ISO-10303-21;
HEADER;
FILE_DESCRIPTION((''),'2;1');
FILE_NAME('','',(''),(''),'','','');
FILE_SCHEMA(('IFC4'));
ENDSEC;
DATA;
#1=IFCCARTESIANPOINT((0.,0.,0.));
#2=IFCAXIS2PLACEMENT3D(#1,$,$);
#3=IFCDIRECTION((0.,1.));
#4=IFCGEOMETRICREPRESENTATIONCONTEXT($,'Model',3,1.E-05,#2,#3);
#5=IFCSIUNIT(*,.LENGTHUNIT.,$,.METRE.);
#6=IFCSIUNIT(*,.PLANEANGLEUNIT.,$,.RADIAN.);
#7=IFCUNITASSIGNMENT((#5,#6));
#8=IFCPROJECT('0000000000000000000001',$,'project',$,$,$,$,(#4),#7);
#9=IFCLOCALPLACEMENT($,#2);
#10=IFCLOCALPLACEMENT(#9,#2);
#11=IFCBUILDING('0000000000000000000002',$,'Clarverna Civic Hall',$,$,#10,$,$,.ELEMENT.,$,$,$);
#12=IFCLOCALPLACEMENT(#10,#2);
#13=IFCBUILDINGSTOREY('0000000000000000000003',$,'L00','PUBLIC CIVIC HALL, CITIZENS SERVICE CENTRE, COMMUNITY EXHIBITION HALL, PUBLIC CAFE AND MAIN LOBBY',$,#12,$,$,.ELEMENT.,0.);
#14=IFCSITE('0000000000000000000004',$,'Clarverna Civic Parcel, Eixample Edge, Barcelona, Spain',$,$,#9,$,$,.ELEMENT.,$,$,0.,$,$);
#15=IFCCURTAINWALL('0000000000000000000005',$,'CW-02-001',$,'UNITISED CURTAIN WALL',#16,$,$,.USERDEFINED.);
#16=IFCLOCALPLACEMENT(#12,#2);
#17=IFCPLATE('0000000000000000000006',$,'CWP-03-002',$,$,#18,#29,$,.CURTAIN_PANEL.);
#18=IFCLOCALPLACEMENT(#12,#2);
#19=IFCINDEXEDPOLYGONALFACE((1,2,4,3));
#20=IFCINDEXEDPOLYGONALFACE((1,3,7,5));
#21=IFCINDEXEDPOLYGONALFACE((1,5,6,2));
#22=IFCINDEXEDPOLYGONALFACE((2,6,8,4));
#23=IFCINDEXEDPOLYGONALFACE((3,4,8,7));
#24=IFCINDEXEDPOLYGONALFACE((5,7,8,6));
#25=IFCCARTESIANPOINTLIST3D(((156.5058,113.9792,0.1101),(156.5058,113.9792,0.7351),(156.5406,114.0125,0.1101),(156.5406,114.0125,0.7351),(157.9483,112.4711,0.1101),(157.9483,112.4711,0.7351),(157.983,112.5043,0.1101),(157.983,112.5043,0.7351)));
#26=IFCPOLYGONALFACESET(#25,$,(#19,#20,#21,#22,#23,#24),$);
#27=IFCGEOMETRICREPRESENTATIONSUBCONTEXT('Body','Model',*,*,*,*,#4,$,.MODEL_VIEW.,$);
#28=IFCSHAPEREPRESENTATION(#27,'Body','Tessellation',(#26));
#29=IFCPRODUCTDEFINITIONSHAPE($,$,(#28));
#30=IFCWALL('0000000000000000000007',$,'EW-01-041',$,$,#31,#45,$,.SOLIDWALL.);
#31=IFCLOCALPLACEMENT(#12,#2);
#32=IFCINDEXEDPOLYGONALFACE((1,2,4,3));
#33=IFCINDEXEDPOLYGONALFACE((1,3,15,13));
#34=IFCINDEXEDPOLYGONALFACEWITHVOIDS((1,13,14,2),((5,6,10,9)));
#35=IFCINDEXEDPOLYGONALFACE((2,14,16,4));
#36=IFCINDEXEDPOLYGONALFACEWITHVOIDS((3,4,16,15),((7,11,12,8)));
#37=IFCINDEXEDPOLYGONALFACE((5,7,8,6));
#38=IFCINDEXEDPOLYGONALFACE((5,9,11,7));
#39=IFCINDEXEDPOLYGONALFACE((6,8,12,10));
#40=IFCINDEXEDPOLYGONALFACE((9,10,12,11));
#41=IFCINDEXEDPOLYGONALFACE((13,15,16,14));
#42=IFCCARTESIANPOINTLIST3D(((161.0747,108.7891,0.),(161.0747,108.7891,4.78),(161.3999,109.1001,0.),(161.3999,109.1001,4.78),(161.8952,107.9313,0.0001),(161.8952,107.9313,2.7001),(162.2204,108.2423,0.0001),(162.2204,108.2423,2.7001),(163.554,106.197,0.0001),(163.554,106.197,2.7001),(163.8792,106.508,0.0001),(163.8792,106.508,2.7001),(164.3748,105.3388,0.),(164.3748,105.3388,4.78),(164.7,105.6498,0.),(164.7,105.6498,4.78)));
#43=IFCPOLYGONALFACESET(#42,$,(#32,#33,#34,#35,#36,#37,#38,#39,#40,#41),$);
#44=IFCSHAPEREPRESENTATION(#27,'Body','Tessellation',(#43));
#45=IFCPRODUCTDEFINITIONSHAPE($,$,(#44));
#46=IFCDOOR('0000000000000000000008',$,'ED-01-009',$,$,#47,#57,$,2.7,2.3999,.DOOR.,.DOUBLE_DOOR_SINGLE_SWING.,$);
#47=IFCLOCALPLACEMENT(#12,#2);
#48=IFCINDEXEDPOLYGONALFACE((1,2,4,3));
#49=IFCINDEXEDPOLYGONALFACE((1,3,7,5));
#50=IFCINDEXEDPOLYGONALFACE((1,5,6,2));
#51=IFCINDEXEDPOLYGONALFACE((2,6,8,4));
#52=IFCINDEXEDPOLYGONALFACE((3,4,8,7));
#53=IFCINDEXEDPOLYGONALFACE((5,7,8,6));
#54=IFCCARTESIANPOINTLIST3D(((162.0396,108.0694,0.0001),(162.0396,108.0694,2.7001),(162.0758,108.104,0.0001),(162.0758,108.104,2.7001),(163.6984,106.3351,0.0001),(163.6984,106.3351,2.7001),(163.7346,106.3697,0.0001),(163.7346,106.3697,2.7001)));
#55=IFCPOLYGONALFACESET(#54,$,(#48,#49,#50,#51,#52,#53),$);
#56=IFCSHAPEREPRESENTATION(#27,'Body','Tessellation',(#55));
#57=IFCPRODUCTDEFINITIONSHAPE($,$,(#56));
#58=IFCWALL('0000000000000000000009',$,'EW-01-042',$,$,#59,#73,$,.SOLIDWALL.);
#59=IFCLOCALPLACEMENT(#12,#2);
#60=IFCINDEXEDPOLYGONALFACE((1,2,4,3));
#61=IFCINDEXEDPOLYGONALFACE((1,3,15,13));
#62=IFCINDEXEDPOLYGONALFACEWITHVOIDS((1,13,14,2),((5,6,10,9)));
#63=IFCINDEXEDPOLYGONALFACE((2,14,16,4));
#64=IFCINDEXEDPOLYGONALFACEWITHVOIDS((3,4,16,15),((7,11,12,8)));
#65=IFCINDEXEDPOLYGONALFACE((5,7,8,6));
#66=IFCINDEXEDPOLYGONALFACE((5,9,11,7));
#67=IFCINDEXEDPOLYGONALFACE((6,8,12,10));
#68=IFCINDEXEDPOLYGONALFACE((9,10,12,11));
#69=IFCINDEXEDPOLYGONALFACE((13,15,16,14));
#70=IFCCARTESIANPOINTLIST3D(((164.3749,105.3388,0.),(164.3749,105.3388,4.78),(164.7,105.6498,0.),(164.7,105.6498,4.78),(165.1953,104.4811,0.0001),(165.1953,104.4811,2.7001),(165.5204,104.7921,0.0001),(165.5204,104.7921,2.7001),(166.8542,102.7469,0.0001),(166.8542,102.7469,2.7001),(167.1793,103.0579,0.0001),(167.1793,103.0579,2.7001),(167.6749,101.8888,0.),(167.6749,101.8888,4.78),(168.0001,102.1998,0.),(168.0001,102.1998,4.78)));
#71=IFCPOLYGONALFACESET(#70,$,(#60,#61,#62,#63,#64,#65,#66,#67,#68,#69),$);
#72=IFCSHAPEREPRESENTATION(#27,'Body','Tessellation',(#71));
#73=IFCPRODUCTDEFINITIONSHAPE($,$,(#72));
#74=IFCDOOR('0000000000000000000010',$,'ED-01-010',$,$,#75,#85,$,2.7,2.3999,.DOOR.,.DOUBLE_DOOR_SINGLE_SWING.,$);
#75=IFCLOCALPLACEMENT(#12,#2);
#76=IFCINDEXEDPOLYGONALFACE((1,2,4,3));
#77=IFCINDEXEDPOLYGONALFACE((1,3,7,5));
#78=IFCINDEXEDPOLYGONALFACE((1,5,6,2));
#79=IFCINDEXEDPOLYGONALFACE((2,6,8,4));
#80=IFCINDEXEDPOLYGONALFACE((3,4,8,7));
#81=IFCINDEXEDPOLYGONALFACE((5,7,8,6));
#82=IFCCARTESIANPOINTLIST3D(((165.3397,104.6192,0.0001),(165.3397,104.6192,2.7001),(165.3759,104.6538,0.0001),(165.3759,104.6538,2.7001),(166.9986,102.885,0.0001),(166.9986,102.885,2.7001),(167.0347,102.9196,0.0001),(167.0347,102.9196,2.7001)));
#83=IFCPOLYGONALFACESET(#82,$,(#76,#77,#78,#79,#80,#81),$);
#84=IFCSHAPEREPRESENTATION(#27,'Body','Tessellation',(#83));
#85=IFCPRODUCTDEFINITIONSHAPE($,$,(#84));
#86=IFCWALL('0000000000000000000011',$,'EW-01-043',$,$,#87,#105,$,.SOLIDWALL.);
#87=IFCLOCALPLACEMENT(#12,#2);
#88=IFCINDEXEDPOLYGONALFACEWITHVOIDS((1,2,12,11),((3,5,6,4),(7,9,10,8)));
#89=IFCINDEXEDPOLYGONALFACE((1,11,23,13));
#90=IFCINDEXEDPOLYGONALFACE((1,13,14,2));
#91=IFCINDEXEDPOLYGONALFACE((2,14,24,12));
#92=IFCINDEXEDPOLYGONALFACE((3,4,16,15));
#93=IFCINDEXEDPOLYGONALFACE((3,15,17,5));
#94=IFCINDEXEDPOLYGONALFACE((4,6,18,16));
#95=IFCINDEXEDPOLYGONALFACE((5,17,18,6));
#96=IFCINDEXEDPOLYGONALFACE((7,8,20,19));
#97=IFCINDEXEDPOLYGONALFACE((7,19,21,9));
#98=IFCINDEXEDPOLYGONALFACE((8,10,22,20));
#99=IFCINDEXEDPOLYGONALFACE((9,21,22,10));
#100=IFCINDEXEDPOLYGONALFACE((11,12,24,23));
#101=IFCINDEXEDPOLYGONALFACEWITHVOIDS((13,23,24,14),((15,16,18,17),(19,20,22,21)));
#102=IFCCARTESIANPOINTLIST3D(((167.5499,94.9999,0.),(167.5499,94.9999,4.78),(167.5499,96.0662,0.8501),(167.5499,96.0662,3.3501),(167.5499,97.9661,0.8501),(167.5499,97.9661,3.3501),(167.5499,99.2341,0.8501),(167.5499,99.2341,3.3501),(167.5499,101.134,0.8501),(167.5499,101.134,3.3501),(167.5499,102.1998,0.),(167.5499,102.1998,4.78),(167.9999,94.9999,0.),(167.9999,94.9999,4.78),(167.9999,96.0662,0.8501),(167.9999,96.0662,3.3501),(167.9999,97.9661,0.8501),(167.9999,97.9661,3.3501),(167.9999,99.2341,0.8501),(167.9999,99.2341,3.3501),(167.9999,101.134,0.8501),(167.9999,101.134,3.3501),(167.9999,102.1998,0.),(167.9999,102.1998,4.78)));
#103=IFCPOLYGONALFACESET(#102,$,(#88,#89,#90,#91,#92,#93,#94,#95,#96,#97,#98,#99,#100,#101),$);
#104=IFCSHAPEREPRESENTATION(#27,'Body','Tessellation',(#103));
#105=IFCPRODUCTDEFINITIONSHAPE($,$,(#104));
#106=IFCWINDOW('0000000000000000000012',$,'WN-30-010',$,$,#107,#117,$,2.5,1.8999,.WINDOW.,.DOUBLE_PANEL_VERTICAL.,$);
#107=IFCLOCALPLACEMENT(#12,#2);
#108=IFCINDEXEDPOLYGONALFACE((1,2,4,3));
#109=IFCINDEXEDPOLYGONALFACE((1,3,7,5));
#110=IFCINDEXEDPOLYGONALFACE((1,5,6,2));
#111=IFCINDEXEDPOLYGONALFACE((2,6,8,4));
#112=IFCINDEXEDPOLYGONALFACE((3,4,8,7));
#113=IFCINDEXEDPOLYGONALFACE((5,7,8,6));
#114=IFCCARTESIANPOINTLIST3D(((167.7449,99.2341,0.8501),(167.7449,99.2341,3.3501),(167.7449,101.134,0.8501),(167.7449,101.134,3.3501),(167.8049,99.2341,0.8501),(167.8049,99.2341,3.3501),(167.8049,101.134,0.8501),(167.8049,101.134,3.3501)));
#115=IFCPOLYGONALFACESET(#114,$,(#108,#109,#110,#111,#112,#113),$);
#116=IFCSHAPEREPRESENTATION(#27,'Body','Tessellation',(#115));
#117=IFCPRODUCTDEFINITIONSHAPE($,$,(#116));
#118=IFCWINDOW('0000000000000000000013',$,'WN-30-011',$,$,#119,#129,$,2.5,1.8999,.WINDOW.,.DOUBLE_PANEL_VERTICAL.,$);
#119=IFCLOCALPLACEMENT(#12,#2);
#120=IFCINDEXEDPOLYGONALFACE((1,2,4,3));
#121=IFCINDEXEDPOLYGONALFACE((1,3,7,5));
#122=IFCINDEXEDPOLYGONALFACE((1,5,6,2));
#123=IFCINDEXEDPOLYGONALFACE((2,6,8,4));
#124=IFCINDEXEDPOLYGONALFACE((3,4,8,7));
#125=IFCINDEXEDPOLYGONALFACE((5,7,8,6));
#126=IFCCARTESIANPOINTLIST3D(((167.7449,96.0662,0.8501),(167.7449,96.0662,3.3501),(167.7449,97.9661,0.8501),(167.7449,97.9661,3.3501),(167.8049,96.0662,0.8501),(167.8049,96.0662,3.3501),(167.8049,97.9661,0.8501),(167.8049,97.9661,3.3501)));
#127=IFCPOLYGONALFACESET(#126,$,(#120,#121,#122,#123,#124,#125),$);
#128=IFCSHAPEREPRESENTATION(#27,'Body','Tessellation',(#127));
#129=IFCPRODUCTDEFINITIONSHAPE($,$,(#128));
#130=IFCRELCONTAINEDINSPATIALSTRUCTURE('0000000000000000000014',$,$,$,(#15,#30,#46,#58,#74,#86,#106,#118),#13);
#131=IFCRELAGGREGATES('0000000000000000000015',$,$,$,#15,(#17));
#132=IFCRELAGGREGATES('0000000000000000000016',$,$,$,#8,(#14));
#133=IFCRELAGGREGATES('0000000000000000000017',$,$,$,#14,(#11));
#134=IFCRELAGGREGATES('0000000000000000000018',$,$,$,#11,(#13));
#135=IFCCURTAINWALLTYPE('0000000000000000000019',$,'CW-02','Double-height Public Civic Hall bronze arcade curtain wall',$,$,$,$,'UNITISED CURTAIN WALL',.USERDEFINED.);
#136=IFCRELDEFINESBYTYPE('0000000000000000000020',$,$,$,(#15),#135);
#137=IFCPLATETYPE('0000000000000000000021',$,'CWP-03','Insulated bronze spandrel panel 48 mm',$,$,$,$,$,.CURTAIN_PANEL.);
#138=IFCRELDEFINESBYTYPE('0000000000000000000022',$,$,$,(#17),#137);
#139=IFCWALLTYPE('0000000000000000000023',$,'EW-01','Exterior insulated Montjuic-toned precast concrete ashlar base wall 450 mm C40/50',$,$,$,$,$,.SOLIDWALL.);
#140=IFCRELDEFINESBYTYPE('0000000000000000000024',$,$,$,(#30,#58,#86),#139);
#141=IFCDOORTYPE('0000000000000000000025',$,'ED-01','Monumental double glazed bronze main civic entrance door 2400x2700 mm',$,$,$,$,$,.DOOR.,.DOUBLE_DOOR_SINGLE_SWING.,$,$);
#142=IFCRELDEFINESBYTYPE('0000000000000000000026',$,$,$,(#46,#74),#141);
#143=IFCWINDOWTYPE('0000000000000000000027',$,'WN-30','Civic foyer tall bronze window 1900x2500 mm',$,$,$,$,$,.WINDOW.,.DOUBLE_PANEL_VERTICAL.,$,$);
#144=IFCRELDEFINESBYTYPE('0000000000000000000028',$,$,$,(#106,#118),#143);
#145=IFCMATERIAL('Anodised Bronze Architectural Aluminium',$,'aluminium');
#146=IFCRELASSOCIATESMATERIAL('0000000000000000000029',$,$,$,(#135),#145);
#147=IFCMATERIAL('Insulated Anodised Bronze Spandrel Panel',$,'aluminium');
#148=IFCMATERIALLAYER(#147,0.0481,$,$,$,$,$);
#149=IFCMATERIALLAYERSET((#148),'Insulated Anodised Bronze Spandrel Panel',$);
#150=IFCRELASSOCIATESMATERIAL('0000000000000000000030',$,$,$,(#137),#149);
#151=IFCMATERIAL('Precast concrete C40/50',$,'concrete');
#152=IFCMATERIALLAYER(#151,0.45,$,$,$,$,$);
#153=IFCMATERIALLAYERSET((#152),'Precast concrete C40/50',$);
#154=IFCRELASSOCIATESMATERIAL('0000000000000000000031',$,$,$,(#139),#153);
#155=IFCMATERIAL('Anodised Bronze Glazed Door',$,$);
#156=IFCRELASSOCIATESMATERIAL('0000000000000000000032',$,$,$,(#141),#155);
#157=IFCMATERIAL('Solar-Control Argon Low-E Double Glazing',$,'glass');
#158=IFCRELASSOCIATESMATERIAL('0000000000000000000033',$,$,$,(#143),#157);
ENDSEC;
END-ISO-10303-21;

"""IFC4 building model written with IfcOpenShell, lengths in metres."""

from ifc_helpers import new_model, si_unit, direction, frame, frame_2d, origin, place, context, subcontext, project, spatial, rectangle, extrude, material, layer, layer_set, type_object, element, fill, aggregate, save


model = new_model("IFC4")

# Units and contexts
model_context = context("Model", 3, precision=1e-05, world=origin(), true_north=direction((0.0, 1.0)))
body_context = subcontext(model_context, "Body", "Model", "MODEL_VIEW")
ifc_project = project(units=[si_unit("LENGTHUNIT", "METRE"), si_unit("PLANEANGLEUNIT", "RADIAN")], contexts=[model_context])

# Site, building, storey
site_placement = place(None, origin())
site = spatial("IfcSite", under=ifc_project, at=site_placement, Name="Clarverna Civic Parcel, Eixample Edge, Barcelona, Spain", CompositionType="ELEMENT", RefElevation=0.0)
building_placement = place(site_placement, origin())
building = spatial("IfcBuilding", under=site, at=building_placement, Name="Clarverna Civic Hall", CompositionType="ELEMENT")
storey_placement = place(building_placement, origin())
storey = spatial("IfcBuildingStorey", under=building, at=storey_placement, Name="L00", Description="PUBLIC CIVIC HALL, CITIZENS SERVICE CENTRE, COMMUNITY EXHIBITION HALL, PUBLIC CAFE AND MAIN LOBBY", CompositionType="ELEMENT", Elevation=0.0)

# Curtain wall, plate
ifc_material_1 = material(Name="Anodised Bronze Architectural Aluminium", Category="aluminium")
curtain_wall_type = type_object("IfcCurtainWallType", Name="CW-02", Description="Double-height Public Civic Hall bronze arcade curtain wall", ElementType="UNITISED CURTAIN WALL", PredefinedType="USERDEFINED", material=ifc_material_1)
curtain_wall_placement = place(storey_placement, origin())
curtain_wall = element("IfcCurtainWall", 1, at=curtain_wall_placement, inside=storey, type_object=curtain_wall_type, Name="CW-02-001", ObjectType="UNITISED CURTAIN WALL", PredefinedType="USERDEFINED")
ifc_material_2 = material(Name="Insulated Anodised Bronze Spandrel Panel", Category="aluminium")
ifc_layer_1 = layer(ifc_material_2, 0.0481)
ifc_layer_set_1 = layer_set([ifc_layer_1], Name="Insulated Anodised Bronze Spandrel Panel")
plate_type_1 = type_object("IfcPlateType", Name="CWP-03", Description="Insulated bronze spandrel panel 48 mm", PredefinedType="CURTAIN_PANEL", material=ifc_layer_set_1)
plate_1_placement = place(storey_placement, frame((156.5232, 113.9958, 0.1101), z_axis=(0.0, 0.0, 1.0), x_axis=(0.691196, -0.722667, 0.0)))
plate_1 = element("IfcPlate", 2, at=plate_1_placement, type_object=plate_type_1, Name="CWP-03-002", PredefinedType="CURTAIN_PANEL", context=body_context, shape_type="SweptSolid", body=[
    extrude(rectangle(XDim=2.0869, YDim=0.0481, at=frame_2d((1.0435, 0.0))), origin(), (0.0, 0.0, 1.0), 0.625),
])
aggregate(curtain_wall, [plate_1])

# Walls, openings, doors
ifc_material_3 = material(Name="Precast concrete C40/50", Category="concrete")
ifc_layer_2 = layer(ifc_material_3, 0.45)
ifc_layer_set_2 = layer_set([ifc_layer_2], Name="Precast concrete C40/50")
wall_type = type_object("IfcWallType", Name="EW-01", Description="Exterior insulated Montjuic-toned precast concrete ashlar base wall 450 mm C40/50", PredefinedType="SOLIDWALL", material=ifc_layer_set_2)
ifc_material_4 = material(Name="Anodised Bronze Glazed Door")
wall_1_placement = place(storey_placement, frame((161.2373, 108.9446, 0.0), z_axis=(0.0, 0.0, 1.0), x_axis=(0.691208, -0.722656, 0.0)))
wall_1 = element("IfcWall", 3, at=wall_1_placement, inside=storey, type_object=wall_type, Name="EW-01-041", PredefinedType="SOLIDWALL", context=body_context, shape_type="SweptSolid", body=[
    extrude(rectangle(XDim=4.7744, YDim=0.45, at=frame_2d((2.3872, 0.0))), origin(), (0.0, 0.0, 1.0), 4.78),
])
opening_1_placement = place(wall_1_placement, frame((1.187, 0.0, 0.0)))
opening_1 = element("IfcOpeningElement", 4, at=opening_1_placement, cuts=wall_1, PredefinedType="OPENING", context=body_context, shape_type="SweptSolid", body=[
    extrude(rectangle(XDim=2.3999, YDim=2.7, at=frame_2d((1.2, 1.3501))), frame((0.0, 0.2349, 0.0), z_axis=(0.0, -1.0, 0.0), x_axis=(1.0, 0.0, 0.0)), (0.0, 0.0, 1.0), 0.47),
])
door_type_1 = type_object("IfcDoorType", Name="ED-01", Description="Monumental double glazed bronze main civic entrance door 2400x2700 mm", OperationType="DOUBLE_DOOR_SINGLE_SWING", PredefinedType="DOOR", material=ifc_material_4)
door_1_placement = place(opening_1_placement, origin())
door_1 = element("IfcDoor", 5, at=door_1_placement, inside=storey, type_object=door_type_1, Name="ED-01-009", OperationType="DOUBLE_DOOR_SINGLE_SWING", OverallHeight=2.7, OverallWidth=2.3999, PredefinedType="DOOR", context=body_context, shape_type="SweptSolid", body=[
    extrude(rectangle(XDim=2.3999, YDim=2.7, at=frame_2d((1.2, 1.3501))), frame((0.0, 0.0249, 0.0), z_axis=(0.0, -1.0, 0.0), x_axis=(1.0, 0.0, 0.0)), (0.0, 0.0, 1.0), 0.05),
])
fill(opening_1, door_1)
wall_2_placement = place(storey_placement, frame((164.5374, 105.4944, 0.0), z_axis=(0.0, 0.0, 1.0), x_axis=(0.691233, -0.722632, 0.0)))
wall_2 = element("IfcWall", 6, at=wall_2_placement, inside=storey, type_object=wall_type, Name="EW-01-042", PredefinedType="SOLIDWALL", context=body_context, shape_type="SweptSolid", body=[
    extrude(rectangle(XDim=4.7742, YDim=0.45, at=frame_2d((2.3872, 0.0))), origin(), (0.0, 0.0, 1.0), 4.78),
])
opening_2_placement = place(wall_2_placement, frame((1.187, 0.0, 0.0)))
opening_2 = element("IfcOpeningElement", 7, at=opening_2_placement, cuts=wall_2, PredefinedType="OPENING", context=body_context, shape_type="SweptSolid", body=[
    extrude(rectangle(XDim=2.3999, YDim=2.7, at=frame_2d((1.2, 1.3501))), frame((0.0, 0.2349, 0.0), z_axis=(0.0, -1.0, 0.0), x_axis=(1.0, 0.0, 0.0)), (0.0, 0.0, 1.0), 0.47),
])
door_2_placement = place(opening_2_placement, origin())
door_2 = element("IfcDoor", 8, at=door_2_placement, inside=storey, type_object=door_type_1, Name="ED-01-010", OperationType="DOUBLE_DOOR_SINGLE_SWING", OverallHeight=2.7, OverallWidth=2.3999, PredefinedType="DOOR", context=body_context, shape_type="SweptSolid", body=[
    extrude(rectangle(XDim=2.3999, YDim=2.7, at=frame_2d((1.2, 1.3501))), frame((0.0, 0.0249, 0.0), z_axis=(0.0, -1.0, 0.0), x_axis=(1.0, 0.0, 0.0)), (0.0, 0.0, 1.0), 0.05),
])
fill(opening_2, door_2)

# Wall, openings, windows
wall_3_placement = place(storey_placement, frame((167.7749, 102.2, 0.0), z_axis=(0.0, 0.0, 1.0), x_axis=(0.0, -1.0, 0.0)))
wall_3 = element("IfcWall", 9, at=wall_3_placement, inside=storey, type_object=wall_type, Name="EW-01-043", PredefinedType="SOLIDWALL", context=body_context, shape_type="SweptSolid", body=[
    extrude(rectangle(XDim=7.2, YDim=0.45, at=frame_2d((3.6001, 0.0))), origin(), (0.0, 0.0, 1.0), 4.78),
])
opening_3_placement = place(wall_3_placement, frame((1.0659, 0.0, 0.8501)))
opening_3 = element("IfcOpeningElement", 10, at=opening_3_placement, cuts=wall_3, PredefinedType="OPENING", context=body_context, shape_type="SweptSolid", body=[
    extrude(rectangle(XDim=1.8999, YDim=2.5, at=frame_2d((0.95, 1.25))), frame((0.0, 0.2349, 0.0), z_axis=(0.0, -1.0, 0.0), x_axis=(1.0, 0.0, 0.0)), (0.0, 0.0, 1.0), 0.47),
])
opening_4_placement = place(wall_3_placement, frame((4.2339, 0.0, 0.8501)))
opening_4 = element("IfcOpeningElement", 11, at=opening_4_placement, cuts=wall_3, PredefinedType="OPENING", context=body_context, shape_type="SweptSolid", body=[
    extrude(rectangle(XDim=1.8999, YDim=2.5, at=frame_2d((0.95, 1.25))), frame((0.0, 0.2349, 0.0), z_axis=(0.0, -1.0, 0.0), x_axis=(1.0, 0.0, 0.0)), (0.0, 0.0, 1.0), 0.47),
])
ifc_material_5 = material(Name="Solar-Control Argon Low-E Double Glazing", Category="glass")
window_type = type_object("IfcWindowType", Name="WN-30", Description="Civic foyer tall bronze window 1900x2500 mm", PartitioningType="DOUBLE_PANEL_VERTICAL", PredefinedType="WINDOW", material=ifc_material_5)
window_1_placement = place(opening_3_placement, origin())
window_1 = element("IfcWindow", 12, at=window_1_placement, inside=storey, type_object=window_type, Name="WN-30-010", OverallHeight=2.5, OverallWidth=1.8999, PartitioningType="DOUBLE_PANEL_VERTICAL", PredefinedType="WINDOW", context=body_context, shape_type="SweptSolid", body=[
    extrude(rectangle(XDim=1.8999, YDim=2.5, at=frame_2d((0.95, 1.25))), frame((0.0, 0.03, 0.0), z_axis=(0.0, -1.0, 0.0), x_axis=(1.0, 0.0, 0.0)), (0.0, 0.0, 1.0), 0.0601),
])
fill(opening_3, window_1)
window_2_placement = place(opening_4_placement, origin())
window_2 = element("IfcWindow", 13, at=window_2_placement, inside=storey, type_object=window_type, Name="WN-30-011", OverallHeight=2.5, OverallWidth=1.8999, PartitioningType="DOUBLE_PANEL_VERTICAL", PredefinedType="WINDOW", context=body_context, shape_type="SweptSolid", body=[
    extrude(rectangle(XDim=1.8999, YDim=2.5, at=frame_2d((0.95, 1.25))), frame((0.0, 0.03, 0.0), z_axis=(0.0, -1.0, 0.0), x_axis=(1.0, 0.0, 0.0)), (0.0, 0.0, 1.0), 0.0601),
])
fill(opening_4, window_2)

save(model, "model.ifc")
